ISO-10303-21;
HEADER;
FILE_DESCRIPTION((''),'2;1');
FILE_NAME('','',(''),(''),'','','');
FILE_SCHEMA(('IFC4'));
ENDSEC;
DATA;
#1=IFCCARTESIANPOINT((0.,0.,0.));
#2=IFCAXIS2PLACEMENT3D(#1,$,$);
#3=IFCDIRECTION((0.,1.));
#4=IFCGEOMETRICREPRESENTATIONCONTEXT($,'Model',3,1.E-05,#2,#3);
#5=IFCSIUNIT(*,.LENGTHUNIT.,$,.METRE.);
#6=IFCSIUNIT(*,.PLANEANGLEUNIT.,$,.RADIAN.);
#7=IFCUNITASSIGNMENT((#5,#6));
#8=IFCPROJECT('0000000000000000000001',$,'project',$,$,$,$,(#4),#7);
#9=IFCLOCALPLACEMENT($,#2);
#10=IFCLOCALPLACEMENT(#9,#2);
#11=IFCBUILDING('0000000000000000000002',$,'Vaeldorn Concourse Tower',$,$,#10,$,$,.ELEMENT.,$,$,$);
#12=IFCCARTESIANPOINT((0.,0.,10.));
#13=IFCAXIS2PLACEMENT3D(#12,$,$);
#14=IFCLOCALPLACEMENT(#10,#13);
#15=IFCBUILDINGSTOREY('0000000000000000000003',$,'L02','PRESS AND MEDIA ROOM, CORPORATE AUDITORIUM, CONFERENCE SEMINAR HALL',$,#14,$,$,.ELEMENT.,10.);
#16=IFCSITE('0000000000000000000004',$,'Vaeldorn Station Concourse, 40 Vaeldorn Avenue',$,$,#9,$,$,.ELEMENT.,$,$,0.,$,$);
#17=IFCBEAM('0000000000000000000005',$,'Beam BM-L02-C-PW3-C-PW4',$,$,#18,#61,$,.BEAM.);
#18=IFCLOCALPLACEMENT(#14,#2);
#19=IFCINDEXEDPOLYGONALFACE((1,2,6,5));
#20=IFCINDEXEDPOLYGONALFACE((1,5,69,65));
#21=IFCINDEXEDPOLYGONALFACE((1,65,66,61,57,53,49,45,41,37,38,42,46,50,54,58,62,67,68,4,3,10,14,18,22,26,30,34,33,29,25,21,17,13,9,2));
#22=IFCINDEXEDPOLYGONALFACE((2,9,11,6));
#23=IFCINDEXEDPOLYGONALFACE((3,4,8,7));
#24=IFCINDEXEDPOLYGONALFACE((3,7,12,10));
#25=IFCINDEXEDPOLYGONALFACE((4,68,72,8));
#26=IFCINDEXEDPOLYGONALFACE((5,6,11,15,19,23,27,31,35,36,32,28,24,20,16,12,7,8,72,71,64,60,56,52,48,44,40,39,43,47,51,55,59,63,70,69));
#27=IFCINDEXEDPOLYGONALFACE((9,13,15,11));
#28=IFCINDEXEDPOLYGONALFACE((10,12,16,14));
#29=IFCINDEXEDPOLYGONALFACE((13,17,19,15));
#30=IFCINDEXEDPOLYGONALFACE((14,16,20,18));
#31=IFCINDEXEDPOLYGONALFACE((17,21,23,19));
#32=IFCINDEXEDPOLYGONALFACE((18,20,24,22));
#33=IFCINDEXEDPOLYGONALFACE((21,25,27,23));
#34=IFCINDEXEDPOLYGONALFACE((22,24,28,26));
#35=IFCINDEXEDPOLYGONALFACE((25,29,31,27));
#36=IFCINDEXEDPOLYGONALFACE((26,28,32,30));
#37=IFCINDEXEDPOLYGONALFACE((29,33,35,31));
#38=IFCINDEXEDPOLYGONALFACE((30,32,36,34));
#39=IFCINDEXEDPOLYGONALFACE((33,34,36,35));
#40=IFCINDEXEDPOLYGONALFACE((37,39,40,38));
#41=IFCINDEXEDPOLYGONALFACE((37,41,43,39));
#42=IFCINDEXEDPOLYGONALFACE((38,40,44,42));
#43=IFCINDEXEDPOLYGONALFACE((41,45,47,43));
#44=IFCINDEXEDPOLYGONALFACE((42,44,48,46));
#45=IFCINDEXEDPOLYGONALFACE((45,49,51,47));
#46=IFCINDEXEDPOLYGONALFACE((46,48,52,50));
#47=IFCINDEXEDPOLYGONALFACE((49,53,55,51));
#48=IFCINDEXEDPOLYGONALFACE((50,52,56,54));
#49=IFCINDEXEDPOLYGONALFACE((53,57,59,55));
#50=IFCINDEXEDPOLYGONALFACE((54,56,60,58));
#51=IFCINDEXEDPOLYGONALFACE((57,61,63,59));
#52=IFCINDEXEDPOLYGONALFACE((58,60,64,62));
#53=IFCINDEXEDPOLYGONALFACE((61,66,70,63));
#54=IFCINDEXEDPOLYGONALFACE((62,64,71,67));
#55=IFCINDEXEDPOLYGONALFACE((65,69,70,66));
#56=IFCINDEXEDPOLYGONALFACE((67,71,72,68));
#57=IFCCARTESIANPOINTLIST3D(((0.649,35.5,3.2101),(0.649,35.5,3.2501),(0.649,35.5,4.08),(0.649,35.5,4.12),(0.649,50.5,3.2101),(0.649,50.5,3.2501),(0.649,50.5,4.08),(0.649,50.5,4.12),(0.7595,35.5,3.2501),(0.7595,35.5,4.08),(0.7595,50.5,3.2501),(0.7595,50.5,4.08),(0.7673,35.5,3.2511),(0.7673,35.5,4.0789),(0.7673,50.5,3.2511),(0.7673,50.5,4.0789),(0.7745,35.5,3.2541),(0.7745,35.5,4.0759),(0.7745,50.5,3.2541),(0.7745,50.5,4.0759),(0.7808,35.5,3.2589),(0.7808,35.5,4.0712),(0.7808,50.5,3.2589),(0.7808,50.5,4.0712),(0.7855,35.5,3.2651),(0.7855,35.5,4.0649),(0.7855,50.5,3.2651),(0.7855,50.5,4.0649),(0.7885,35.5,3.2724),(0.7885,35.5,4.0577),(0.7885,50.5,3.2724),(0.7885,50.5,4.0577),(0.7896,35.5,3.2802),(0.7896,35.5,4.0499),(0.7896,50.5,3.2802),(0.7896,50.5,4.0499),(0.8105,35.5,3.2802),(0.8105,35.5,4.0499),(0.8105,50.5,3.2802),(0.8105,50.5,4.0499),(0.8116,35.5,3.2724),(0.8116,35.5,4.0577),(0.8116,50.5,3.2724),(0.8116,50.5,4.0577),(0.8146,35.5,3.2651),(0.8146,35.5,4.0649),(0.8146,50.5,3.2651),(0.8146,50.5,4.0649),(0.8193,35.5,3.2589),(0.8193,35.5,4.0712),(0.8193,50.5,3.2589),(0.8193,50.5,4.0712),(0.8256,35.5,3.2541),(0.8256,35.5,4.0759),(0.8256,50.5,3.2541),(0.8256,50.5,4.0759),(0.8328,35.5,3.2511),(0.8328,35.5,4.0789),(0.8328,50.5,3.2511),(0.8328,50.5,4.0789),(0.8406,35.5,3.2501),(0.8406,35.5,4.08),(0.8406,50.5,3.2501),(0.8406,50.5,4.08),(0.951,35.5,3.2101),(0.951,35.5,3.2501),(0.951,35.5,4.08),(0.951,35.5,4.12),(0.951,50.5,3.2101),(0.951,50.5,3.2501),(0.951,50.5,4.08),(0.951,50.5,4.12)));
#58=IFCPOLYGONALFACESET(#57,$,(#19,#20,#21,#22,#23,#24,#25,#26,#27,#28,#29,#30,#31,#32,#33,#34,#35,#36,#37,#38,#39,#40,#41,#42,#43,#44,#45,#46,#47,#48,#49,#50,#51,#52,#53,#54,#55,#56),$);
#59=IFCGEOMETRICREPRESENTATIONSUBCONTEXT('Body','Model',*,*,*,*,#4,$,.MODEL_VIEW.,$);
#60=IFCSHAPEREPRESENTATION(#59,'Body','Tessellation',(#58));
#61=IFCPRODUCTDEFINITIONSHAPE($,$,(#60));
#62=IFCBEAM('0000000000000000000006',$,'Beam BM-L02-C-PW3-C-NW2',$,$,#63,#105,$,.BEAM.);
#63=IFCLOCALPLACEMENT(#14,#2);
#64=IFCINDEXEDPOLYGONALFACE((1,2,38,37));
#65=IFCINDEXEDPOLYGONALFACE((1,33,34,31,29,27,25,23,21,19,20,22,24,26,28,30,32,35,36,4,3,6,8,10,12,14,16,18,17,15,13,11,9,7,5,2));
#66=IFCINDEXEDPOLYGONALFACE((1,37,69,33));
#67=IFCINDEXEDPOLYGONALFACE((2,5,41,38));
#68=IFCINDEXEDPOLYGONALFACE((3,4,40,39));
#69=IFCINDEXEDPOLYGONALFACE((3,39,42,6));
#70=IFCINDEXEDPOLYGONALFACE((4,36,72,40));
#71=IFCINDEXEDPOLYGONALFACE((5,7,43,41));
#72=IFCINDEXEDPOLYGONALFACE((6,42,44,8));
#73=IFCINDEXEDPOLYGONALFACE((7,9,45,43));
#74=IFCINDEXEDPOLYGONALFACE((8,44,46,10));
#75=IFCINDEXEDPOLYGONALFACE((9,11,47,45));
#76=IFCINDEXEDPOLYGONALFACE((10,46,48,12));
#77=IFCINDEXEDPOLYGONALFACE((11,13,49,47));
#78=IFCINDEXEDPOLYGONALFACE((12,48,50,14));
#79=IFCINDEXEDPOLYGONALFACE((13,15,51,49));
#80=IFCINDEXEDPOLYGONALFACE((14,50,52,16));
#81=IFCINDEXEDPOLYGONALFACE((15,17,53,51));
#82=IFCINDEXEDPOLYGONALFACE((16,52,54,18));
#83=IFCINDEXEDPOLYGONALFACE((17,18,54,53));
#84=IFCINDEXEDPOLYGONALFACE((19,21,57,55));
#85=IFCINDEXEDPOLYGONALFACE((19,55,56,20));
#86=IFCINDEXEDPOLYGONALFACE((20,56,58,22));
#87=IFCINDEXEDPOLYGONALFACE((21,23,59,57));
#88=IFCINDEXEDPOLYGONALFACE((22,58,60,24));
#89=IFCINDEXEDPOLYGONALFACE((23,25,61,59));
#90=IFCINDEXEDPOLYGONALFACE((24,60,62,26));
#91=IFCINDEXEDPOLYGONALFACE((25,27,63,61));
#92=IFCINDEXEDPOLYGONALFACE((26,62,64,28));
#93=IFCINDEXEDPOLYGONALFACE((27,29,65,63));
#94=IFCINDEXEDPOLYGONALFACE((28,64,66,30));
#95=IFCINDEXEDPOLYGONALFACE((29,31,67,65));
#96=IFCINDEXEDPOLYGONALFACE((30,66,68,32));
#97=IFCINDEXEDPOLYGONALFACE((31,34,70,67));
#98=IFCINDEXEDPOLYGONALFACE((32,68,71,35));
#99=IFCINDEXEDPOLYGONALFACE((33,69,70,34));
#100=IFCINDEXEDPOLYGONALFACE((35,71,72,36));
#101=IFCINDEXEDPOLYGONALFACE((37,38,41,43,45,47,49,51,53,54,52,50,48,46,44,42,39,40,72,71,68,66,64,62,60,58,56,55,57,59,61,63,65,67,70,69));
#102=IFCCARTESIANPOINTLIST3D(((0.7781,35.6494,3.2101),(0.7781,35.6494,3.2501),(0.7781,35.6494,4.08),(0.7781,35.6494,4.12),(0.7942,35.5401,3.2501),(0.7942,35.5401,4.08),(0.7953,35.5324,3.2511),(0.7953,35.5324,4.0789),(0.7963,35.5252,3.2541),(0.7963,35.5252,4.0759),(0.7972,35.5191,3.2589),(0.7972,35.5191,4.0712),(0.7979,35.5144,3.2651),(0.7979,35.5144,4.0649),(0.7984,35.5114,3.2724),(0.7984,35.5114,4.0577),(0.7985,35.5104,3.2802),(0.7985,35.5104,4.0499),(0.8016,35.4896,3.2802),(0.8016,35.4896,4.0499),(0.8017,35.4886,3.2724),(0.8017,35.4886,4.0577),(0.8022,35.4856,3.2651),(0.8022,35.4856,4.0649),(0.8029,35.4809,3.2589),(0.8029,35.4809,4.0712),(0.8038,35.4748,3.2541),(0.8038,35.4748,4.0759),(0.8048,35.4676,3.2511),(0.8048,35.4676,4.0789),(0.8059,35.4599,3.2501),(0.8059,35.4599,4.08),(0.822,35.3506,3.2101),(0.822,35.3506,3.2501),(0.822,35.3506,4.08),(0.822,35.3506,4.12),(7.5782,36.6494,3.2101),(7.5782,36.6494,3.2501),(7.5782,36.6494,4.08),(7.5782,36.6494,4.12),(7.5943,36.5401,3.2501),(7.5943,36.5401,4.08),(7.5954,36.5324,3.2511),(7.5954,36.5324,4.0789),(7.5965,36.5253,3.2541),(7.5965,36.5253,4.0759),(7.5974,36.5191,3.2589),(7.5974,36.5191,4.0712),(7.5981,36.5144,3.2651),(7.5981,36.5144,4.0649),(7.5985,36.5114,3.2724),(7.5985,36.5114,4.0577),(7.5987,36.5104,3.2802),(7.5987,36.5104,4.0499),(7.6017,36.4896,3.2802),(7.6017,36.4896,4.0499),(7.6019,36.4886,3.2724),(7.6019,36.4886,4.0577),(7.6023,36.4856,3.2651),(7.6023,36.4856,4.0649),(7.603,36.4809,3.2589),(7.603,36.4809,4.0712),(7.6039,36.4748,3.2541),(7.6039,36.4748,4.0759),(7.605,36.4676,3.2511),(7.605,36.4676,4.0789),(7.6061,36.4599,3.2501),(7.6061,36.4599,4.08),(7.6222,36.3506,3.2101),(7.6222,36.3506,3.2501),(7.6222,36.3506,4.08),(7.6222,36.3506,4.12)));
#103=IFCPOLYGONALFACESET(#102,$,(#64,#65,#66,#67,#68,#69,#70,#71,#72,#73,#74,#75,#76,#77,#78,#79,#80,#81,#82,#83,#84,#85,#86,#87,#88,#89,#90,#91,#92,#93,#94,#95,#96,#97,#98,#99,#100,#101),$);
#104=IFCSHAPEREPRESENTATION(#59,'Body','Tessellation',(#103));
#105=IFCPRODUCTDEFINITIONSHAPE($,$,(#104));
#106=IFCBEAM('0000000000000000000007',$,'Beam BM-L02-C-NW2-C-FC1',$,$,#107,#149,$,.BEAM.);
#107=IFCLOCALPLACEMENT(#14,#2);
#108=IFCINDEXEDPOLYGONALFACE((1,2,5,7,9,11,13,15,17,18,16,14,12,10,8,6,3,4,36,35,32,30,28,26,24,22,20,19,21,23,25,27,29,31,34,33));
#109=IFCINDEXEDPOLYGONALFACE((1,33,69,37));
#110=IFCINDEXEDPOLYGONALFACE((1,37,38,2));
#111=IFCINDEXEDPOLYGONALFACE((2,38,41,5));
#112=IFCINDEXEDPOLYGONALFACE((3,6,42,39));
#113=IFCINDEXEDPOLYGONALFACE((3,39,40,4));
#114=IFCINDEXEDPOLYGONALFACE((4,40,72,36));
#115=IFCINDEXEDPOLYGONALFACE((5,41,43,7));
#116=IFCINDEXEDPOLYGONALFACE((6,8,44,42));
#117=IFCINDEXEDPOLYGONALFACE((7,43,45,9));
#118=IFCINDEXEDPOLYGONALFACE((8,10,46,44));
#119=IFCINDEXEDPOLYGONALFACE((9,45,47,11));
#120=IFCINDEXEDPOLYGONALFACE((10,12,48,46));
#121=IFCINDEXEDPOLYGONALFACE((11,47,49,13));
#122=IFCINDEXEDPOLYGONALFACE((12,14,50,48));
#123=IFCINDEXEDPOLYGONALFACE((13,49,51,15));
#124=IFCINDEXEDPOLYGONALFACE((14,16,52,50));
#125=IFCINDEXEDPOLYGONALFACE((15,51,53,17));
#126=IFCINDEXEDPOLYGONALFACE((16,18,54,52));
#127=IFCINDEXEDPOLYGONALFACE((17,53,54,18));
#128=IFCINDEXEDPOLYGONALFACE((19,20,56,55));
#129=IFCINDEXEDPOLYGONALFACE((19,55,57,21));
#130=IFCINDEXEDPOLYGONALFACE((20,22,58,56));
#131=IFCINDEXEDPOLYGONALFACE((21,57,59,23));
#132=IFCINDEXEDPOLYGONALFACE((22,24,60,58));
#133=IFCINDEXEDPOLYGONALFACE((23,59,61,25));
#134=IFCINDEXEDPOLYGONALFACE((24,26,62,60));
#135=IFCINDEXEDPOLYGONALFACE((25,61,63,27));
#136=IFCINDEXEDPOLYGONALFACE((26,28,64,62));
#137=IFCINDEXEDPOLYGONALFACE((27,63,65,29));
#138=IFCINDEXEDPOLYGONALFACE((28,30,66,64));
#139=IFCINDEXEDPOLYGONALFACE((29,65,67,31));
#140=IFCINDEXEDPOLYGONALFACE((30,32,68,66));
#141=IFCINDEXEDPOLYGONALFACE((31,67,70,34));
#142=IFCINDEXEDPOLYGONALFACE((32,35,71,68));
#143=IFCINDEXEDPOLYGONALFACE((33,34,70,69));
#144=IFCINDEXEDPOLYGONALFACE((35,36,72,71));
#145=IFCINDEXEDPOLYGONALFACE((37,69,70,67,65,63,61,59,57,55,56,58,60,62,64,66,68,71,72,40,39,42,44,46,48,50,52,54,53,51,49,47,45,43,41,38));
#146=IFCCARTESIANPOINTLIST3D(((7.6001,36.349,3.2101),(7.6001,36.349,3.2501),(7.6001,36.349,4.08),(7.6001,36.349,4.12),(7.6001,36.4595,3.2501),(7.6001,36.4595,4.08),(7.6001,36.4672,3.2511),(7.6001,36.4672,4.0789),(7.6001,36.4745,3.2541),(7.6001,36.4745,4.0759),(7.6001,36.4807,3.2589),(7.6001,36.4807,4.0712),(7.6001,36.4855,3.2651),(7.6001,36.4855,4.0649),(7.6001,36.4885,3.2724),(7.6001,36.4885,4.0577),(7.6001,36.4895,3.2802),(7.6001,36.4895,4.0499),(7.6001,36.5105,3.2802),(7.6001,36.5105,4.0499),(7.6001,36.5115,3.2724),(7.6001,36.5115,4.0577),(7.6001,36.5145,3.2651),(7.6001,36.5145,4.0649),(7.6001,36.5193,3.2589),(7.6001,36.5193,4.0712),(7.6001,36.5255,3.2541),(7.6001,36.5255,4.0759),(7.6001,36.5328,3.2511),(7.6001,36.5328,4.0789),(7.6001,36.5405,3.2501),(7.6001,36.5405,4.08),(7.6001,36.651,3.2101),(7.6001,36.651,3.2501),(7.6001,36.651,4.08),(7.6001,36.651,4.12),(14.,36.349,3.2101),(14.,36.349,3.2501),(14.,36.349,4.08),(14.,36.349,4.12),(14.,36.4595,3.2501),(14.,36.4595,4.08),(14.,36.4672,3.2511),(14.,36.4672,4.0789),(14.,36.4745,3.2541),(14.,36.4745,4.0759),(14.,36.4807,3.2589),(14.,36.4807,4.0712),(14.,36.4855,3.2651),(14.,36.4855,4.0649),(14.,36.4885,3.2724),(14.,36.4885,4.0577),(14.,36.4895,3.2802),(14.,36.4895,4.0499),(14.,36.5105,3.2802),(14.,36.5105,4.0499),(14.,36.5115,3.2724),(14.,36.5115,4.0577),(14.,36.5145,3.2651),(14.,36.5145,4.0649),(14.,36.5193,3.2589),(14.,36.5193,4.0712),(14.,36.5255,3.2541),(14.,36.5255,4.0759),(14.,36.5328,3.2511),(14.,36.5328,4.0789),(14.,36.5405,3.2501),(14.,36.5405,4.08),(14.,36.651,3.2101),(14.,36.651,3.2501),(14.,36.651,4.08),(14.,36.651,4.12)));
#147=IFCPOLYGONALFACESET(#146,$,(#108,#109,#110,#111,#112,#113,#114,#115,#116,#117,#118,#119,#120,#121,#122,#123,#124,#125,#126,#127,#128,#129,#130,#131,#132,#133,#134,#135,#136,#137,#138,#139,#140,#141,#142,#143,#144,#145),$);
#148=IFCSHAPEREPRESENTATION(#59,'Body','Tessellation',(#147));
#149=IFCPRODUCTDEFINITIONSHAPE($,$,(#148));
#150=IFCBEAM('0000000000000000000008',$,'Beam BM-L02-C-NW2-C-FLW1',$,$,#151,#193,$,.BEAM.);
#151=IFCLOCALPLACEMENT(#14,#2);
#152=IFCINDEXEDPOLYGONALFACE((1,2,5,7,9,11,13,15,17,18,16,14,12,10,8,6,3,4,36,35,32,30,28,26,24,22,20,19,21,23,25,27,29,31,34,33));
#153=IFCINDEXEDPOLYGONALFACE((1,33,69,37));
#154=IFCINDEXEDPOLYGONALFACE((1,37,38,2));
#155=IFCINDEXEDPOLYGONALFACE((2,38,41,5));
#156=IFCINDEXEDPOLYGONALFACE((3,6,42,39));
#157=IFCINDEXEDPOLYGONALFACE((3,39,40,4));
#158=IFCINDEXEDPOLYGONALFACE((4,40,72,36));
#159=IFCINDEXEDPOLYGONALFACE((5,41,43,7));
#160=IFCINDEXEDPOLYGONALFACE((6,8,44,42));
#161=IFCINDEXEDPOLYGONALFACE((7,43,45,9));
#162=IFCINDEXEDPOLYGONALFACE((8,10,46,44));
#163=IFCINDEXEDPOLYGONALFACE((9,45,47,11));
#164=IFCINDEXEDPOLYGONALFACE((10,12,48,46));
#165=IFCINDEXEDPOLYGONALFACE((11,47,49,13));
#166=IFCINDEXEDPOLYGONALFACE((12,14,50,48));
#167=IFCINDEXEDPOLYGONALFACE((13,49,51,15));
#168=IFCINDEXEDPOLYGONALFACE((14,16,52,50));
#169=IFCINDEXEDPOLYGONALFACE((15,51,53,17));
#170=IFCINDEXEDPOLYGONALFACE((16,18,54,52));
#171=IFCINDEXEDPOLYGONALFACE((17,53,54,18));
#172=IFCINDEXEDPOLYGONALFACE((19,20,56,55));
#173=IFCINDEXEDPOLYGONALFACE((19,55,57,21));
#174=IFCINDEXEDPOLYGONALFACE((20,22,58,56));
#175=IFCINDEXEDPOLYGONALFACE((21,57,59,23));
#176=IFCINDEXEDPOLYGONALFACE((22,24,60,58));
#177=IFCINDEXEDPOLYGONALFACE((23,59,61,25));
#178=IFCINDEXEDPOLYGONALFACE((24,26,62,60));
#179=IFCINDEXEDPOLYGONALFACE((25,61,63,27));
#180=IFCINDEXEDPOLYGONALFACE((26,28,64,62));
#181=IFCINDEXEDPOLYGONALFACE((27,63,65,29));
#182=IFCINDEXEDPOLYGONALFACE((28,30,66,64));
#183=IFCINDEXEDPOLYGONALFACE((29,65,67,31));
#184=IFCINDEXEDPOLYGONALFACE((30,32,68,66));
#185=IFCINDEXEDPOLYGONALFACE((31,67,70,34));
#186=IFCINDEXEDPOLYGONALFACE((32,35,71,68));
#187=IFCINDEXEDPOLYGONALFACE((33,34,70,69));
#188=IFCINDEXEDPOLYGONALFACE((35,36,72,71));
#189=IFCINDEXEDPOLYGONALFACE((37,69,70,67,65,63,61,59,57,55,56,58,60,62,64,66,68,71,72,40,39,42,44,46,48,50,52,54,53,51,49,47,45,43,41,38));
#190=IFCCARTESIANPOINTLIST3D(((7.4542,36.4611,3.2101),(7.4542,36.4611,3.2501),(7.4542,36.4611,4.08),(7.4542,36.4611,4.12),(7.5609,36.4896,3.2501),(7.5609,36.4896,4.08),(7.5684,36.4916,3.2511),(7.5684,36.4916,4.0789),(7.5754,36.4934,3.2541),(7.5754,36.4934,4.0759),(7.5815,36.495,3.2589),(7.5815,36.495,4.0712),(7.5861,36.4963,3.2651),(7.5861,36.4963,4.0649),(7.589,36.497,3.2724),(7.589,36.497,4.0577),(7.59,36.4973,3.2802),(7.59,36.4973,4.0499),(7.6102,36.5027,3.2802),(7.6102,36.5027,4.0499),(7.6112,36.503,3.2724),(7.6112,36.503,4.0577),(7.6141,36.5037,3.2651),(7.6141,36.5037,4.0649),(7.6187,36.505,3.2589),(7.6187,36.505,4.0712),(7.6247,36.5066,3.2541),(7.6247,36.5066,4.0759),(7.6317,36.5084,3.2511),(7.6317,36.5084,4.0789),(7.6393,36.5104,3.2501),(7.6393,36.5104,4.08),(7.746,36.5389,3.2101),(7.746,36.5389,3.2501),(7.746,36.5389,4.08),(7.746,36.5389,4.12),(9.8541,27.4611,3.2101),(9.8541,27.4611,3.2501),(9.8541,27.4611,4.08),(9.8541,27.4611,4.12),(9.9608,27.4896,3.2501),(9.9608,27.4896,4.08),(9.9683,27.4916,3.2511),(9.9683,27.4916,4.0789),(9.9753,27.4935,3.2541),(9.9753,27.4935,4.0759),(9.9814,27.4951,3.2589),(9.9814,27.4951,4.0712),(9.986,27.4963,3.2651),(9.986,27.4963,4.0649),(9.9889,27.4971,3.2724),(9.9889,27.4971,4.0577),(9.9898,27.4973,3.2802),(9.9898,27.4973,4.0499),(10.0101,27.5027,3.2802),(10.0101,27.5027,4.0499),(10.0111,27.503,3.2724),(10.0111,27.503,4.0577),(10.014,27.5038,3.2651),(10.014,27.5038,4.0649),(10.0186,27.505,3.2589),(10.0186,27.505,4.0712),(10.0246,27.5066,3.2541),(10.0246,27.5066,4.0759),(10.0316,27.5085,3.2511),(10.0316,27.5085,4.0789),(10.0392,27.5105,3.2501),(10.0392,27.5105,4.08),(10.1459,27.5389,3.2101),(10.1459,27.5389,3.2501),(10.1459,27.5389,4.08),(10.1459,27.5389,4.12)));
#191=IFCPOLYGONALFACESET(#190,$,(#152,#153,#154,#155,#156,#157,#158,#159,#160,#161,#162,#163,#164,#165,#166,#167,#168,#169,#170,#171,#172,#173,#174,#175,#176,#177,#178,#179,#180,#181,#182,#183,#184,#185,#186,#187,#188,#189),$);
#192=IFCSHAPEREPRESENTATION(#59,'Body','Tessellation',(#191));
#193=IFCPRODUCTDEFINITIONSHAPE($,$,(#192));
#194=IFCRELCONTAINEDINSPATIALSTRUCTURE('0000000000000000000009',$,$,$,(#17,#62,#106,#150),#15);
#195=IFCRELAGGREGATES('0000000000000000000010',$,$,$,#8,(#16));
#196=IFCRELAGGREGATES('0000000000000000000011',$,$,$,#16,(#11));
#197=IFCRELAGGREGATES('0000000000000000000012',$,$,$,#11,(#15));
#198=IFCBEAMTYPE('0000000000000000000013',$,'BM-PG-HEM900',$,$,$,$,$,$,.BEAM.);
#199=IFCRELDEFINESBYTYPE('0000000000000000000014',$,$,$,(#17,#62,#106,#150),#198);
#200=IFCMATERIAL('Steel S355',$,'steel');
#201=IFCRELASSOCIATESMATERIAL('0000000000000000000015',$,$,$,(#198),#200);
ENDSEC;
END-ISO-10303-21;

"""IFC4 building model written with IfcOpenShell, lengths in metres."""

from ifc_helpers import new_model, si_unit, direction, frame, origin, origin_2d, place, context, subcontext, project, spatial, i_section, extrude, source, transform, mapped, material, material_profile, profile_set, type_object, element, save


model = new_model("IFC4")

# Units and contexts
model_context = context("Model", 3, precision=1e-05, world=origin(), true_north=direction((0.0, 1.0)))
body_context = subcontext(model_context, "Body", "Model", "MODEL_VIEW")
ifc_project = project(units=[si_unit("LENGTHUNIT", "METRE"), si_unit("PLANEANGLEUNIT", "RADIAN")], contexts=[model_context])

# Site, building, storey
site_placement = place(None, origin())
site = spatial("IfcSite", under=ifc_project, at=site_placement, Name="Vaeldorn Station Concourse, 40 Vaeldorn Avenue", CompositionType="ELEMENT", RefElevation=0.0)
building_placement = place(site_placement, origin())
building = spatial("IfcBuilding", under=site, at=building_placement, Name="Vaeldorn Concourse Tower", CompositionType="ELEMENT")
storey_placement = place(building_placement, frame((0.0, 0.0, 10.0)))
storey = spatial("IfcBuildingStorey", under=building, at=storey_placement, Name="L02", Description="PRESS AND MEDIA ROOM, CORPORATE AUDITORIUM, CONFERENCE SEMINAR HALL", CompositionType="ELEMENT", Elevation=10.0)

# Beams
ifc_material_1 = material(Name="Steel S355", Category="steel")
ifc_material_profile_1 = material_profile(ifc_material_1, i_section(OverallWidth=0.302, OverallDepth=0.9099, WebThickness=0.021, FlangeThickness=0.04, FilletRadius=0.03, at=origin_2d()), Name="HEM 900")
ifc_profile_set_1 = profile_set([ifc_material_profile_1], Name="Steel S355")
beam_type_1 = type_object("IfcBeamType", Name="BM-PG-HEM900", PredefinedType="BEAM", material=ifc_profile_set_1)
shared_shape_1 = source(origin(), body_context, "Body", "SweptSolid", [
    extrude(i_section(OverallWidth=0.302, OverallDepth=0.9099, WebThickness=0.021, FlangeThickness=0.04, FilletRadius=0.03, at=origin_2d()), origin(), (0.0, 0.0, 1.0), 15.0),
])
beam_1_placement = place(storey_placement, frame((0.8, 35.5, 3.665), z_axis=(0.0, 1.0, 0.0), x_axis=(-1.0, 0.0, 0.0)))
element("IfcBeam", 1, at=beam_1_placement, inside=storey, type_object=beam_type_1, Name="Beam BM-L02-C-PW3-C-PW4", PredefinedType="BEAM", context=body_context, shape_type="MappedRepresentation", body=[
    mapped(shared_shape_1, transform((0.0, 0.0, 0.0), scale=1.0)),
])
shared_shape_2 = source(origin(), body_context, "Body", "SweptSolid", [
    extrude(i_section(OverallWidth=0.302, OverallDepth=0.9099, WebThickness=0.021, FlangeThickness=0.04, FilletRadius=0.03, at=origin_2d()), origin(), (0.0, 0.0, 1.0), 6.8733),
])
beam_2_placement = place(storey_placement, frame((0.8, 35.5, 3.665), z_axis=(0.989359, 0.145493, 0.0), x_axis=(-0.145493, 0.989359, 0.0)))
element("IfcBeam", 2, at=beam_2_placement, inside=storey, type_object=beam_type_1, Name="Beam BM-L02-C-PW3-C-NW2", PredefinedType="BEAM", context=body_context, shape_type="MappedRepresentation", body=[
    mapped(shared_shape_2, transform((0.0, 0.0, 0.0), scale=1.0)),
])
shared_shape_3 = source(origin(), body_context, "Body", "SweptSolid", [
    extrude(i_section(OverallWidth=0.302, OverallDepth=0.9099, WebThickness=0.021, FlangeThickness=0.04, FilletRadius=0.03, at=origin_2d()), origin(), (0.0, 0.0, 1.0), 6.3999),
])
beam_3_placement = place(storey_placement, frame((7.6001, 36.5, 3.665), z_axis=(1.0, 0.0, 0.0), x_axis=(0.0, 1.0, 0.0)))
element("IfcBeam", 3, at=beam_3_placement, inside=storey, type_object=beam_type_1, Name="Beam BM-L02-C-NW2-C-FC1", PredefinedType="BEAM", context=body_context, shape_type="MappedRepresentation", body=[
    mapped(shared_shape_3, transform((0.0, 0.0, 0.0), scale=1.0)),
])
shared_shape_4 = source(origin(), body_context, "Body", "SweptSolid", [
    extrude(i_section(OverallWidth=0.302, OverallDepth=0.9099, WebThickness=0.021, FlangeThickness=0.04, FilletRadius=0.03, at=origin_2d()), origin(), (0.0, 0.0, 1.0), 9.3145),
])
beam_4_placement = place(storey_placement, frame((7.6001, 36.5, 3.665), z_axis=(0.257653, -0.966238, 0.0), x_axis=(0.966238, 0.257653, 0.0)))
element("IfcBeam", 4, at=beam_4_placement, inside=storey, type_object=beam_type_1, Name="Beam BM-L02-C-NW2-C-FLW1", PredefinedType="BEAM", context=body_context, shape_type="MappedRepresentation", body=[
    mapped(shared_shape_4, transform((0.0, 0.0, 0.0), scale=1.0)),
])

save(model, "model.ifc")
